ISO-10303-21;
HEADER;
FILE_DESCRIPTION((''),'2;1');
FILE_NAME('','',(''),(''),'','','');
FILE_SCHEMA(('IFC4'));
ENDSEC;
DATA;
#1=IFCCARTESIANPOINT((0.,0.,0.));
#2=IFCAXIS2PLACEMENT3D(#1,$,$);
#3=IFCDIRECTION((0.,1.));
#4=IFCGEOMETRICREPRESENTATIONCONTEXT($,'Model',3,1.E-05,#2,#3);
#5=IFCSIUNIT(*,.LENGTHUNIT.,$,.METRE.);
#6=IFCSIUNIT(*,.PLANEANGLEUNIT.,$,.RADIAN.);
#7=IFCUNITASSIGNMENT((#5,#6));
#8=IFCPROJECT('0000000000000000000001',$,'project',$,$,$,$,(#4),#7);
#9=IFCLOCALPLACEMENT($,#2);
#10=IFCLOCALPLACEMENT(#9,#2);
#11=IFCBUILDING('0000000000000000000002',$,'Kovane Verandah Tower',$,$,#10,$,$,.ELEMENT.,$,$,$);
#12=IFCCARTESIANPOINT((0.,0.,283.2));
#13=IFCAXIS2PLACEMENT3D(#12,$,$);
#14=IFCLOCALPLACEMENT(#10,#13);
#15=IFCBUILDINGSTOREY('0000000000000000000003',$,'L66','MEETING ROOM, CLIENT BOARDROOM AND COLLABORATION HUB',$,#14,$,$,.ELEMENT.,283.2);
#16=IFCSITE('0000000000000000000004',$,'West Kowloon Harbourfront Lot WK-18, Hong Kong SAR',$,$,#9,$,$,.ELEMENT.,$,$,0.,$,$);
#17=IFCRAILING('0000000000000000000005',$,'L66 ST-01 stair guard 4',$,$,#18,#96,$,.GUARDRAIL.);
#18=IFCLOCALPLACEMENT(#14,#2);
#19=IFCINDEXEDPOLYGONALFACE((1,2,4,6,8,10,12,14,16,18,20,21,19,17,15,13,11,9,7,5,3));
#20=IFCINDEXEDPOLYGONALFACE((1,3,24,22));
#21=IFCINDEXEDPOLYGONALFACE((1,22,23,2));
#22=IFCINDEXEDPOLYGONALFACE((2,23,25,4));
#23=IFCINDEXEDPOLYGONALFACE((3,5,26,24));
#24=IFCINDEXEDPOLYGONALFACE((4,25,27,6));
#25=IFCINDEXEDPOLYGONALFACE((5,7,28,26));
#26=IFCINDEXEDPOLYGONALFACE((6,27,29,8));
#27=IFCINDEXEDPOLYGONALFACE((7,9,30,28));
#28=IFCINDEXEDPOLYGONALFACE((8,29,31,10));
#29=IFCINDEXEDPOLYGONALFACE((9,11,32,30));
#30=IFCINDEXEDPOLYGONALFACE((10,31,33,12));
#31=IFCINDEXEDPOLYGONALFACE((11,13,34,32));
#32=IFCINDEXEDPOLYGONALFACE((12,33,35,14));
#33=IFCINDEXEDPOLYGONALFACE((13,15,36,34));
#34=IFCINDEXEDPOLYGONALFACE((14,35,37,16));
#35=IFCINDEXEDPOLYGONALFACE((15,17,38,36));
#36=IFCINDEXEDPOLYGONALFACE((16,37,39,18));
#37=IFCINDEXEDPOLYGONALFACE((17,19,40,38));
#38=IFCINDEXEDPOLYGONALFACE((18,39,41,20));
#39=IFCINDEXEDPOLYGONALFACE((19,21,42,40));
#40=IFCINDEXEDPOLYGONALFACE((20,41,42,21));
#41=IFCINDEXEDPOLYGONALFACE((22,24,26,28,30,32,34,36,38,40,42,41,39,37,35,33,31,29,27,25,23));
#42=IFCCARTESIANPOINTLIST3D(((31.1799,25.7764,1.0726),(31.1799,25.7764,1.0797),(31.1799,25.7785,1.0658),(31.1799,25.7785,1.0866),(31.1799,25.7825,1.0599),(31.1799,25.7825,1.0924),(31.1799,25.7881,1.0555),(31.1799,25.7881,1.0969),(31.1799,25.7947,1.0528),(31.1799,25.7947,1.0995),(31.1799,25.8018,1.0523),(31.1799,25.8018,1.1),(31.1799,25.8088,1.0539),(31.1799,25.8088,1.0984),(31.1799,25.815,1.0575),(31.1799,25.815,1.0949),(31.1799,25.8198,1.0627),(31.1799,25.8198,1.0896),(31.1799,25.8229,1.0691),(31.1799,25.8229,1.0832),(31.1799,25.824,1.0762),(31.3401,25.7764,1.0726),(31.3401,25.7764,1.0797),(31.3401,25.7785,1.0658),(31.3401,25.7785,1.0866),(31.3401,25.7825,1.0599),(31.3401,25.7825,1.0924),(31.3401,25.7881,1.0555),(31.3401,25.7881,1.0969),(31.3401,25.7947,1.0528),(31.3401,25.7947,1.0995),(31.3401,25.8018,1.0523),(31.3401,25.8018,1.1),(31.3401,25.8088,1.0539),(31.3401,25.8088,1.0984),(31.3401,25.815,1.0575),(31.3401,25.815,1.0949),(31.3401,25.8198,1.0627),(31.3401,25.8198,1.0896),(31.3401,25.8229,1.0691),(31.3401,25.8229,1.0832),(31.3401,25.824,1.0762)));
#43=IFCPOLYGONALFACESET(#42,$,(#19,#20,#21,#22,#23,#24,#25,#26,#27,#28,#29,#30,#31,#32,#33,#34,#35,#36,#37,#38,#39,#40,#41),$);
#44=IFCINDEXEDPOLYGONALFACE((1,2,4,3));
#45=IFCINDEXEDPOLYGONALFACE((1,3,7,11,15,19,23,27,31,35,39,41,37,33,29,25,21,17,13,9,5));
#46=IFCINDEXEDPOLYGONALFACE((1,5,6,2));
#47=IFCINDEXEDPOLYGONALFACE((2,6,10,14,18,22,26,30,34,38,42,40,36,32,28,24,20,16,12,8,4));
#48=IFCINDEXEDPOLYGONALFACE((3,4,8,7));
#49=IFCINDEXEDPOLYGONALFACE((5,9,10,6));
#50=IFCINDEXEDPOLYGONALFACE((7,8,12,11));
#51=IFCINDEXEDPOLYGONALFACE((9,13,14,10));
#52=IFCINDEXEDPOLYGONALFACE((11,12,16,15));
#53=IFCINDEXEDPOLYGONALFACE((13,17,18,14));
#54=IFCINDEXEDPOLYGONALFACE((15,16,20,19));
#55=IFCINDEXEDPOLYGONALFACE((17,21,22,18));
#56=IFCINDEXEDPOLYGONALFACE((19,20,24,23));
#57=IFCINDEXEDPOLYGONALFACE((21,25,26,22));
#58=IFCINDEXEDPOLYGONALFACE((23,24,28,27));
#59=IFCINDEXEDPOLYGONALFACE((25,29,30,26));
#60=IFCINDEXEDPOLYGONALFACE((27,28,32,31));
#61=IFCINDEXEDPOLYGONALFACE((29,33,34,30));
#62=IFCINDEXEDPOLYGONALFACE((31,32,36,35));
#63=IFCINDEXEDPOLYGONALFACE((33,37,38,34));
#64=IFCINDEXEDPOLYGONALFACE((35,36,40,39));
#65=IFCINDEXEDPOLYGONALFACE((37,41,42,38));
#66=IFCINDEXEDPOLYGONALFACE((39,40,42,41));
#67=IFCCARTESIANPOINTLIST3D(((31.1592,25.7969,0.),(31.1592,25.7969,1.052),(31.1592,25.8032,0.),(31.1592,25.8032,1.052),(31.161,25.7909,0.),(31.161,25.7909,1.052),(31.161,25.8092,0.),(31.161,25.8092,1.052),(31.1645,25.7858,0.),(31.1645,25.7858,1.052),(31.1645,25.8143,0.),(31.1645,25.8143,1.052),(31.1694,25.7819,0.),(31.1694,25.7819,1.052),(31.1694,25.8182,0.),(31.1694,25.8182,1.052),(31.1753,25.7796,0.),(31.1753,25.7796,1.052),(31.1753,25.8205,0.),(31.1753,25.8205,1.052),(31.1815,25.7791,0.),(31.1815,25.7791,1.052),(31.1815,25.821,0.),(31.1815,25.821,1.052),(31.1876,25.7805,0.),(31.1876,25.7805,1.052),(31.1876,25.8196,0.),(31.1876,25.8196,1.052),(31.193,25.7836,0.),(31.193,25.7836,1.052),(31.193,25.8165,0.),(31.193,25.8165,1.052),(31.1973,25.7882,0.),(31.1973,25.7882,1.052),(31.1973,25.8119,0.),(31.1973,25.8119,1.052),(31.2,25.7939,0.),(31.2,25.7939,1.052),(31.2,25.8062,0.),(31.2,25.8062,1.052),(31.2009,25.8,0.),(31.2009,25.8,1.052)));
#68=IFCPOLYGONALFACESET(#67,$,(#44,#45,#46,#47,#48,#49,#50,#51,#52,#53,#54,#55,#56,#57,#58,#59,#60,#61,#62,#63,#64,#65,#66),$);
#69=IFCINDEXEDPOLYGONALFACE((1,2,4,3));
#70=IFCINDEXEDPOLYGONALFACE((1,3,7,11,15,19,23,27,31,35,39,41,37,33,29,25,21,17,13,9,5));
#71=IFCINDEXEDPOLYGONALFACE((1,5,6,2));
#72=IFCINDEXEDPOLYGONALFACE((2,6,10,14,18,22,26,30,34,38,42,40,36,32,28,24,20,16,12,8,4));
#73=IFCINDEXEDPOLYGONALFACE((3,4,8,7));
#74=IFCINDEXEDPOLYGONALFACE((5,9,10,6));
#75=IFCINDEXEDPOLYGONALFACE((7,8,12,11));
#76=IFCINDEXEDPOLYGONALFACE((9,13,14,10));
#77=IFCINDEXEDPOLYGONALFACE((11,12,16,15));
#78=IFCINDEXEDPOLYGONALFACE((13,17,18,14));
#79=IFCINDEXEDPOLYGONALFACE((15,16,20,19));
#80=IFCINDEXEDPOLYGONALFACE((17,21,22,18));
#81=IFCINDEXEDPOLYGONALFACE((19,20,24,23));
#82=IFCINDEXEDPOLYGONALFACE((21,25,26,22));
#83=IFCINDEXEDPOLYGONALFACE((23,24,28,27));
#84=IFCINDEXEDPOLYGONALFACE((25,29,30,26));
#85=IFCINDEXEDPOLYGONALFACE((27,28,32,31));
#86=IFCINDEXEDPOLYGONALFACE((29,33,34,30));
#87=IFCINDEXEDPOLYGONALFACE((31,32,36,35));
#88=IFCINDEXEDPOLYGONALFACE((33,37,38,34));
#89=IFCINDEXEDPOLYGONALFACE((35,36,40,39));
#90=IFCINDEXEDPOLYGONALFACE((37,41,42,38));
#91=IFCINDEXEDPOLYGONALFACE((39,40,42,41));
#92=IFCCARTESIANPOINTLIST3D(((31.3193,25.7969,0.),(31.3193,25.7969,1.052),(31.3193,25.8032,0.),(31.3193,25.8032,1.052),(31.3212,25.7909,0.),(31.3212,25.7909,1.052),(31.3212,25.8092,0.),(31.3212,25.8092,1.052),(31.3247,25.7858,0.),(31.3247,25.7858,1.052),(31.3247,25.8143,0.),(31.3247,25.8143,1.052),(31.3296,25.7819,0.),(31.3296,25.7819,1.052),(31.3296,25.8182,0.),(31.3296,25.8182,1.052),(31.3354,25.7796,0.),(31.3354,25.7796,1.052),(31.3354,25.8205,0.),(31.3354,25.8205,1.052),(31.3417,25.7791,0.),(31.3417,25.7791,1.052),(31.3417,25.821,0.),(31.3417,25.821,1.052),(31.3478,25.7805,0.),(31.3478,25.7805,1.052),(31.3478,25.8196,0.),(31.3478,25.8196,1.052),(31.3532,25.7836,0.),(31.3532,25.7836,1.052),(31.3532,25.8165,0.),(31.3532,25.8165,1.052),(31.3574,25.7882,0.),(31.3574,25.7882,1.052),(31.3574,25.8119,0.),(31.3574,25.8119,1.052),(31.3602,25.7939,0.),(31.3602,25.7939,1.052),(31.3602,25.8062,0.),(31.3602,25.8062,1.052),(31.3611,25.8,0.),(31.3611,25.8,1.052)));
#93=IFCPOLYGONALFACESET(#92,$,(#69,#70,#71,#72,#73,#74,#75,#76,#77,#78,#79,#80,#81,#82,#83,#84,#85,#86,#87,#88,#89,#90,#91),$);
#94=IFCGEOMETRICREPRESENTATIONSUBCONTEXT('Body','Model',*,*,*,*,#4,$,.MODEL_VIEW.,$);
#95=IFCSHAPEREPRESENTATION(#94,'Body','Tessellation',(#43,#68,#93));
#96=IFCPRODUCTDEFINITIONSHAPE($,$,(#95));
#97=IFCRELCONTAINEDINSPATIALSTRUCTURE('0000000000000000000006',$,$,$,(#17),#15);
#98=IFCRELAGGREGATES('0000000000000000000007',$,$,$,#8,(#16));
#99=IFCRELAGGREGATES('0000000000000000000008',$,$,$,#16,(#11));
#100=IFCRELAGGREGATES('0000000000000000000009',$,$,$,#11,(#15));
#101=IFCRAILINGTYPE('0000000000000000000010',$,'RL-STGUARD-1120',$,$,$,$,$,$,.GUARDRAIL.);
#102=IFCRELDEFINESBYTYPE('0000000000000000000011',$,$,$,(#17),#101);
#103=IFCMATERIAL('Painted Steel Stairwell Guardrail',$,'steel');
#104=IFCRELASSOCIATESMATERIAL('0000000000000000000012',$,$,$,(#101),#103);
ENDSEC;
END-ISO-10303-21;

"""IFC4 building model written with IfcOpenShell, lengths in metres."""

from ifc_helpers import new_model, si_unit, direction, frame, origin, origin_2d, place, context, subcontext, project, spatial, circle, extrude, material, type_object, element, save


model = new_model("IFC4")

# Units and contexts
model_context = context("Model", 3, precision=1e-05, world=origin(), true_north=direction((0.0, 1.0)))
body_context = subcontext(model_context, "Body", "Model", "MODEL_VIEW")
ifc_project = project(units=[si_unit("LENGTHUNIT", "METRE"), si_unit("PLANEANGLEUNIT", "RADIAN")], contexts=[model_context])

# Site, building, storey
site_placement = place(None, origin())
site = spatial("IfcSite", under=ifc_project, at=site_placement, Name="West Kowloon Harbourfront Lot WK-18, Hong Kong SAR", CompositionType="ELEMENT", RefElevation=0.0)
building_placement = place(site_placement, origin())
building = spatial("IfcBuilding", under=site, at=building_placement, Name="Kovane Verandah Tower", CompositionType="ELEMENT")
storey_placement = place(building_placement, frame((0.0, 0.0, 283.2)))
storey = spatial("IfcBuildingStorey", under=building, at=storey_placement, Name="L66", Description="MEETING ROOM, CLIENT BOARDROOM AND COLLABORATION HUB", CompositionType="ELEMENT", Elevation=283.2)

# Railing
ifc_material_1 = material(Name="Painted Steel Stairwell Guardrail", Category="steel")
railing_type_1 = type_object("IfcRailingType", Name="RL-STGUARD-1120", PredefinedType="GUARDRAIL", material=ifc_material_1)
railing_1_placement = place(storey_placement, frame((31.1799, 25.8, 0.0)))
element("IfcRailing", 1, at=railing_1_placement, inside=storey, type_object=railing_type_1, Name="L66 ST-01 stair guard 4", PredefinedType="GUARDRAIL", context=body_context, shape_type="SweptSolid", body=[
    extrude(circle(Radius=0.0239, at=origin_2d()), frame((0.0, 0.0, 1.0762), z_axis=(1.0, 0.0, 0.0), x_axis=(0.0, 1.0, 0.0)), (0.0, 0.0, 1.0), 0.1602),
    extrude(circle(Radius=0.021, at=origin_2d()), origin(), (0.0, 0.0, 1.0), 1.052),
    extrude(circle(Radius=0.021, at=origin_2d()), frame((0.1602, 0.0, 0.0)), (0.0, 0.0, 1.0), 1.052),
])

save(model, "model.ifc")
